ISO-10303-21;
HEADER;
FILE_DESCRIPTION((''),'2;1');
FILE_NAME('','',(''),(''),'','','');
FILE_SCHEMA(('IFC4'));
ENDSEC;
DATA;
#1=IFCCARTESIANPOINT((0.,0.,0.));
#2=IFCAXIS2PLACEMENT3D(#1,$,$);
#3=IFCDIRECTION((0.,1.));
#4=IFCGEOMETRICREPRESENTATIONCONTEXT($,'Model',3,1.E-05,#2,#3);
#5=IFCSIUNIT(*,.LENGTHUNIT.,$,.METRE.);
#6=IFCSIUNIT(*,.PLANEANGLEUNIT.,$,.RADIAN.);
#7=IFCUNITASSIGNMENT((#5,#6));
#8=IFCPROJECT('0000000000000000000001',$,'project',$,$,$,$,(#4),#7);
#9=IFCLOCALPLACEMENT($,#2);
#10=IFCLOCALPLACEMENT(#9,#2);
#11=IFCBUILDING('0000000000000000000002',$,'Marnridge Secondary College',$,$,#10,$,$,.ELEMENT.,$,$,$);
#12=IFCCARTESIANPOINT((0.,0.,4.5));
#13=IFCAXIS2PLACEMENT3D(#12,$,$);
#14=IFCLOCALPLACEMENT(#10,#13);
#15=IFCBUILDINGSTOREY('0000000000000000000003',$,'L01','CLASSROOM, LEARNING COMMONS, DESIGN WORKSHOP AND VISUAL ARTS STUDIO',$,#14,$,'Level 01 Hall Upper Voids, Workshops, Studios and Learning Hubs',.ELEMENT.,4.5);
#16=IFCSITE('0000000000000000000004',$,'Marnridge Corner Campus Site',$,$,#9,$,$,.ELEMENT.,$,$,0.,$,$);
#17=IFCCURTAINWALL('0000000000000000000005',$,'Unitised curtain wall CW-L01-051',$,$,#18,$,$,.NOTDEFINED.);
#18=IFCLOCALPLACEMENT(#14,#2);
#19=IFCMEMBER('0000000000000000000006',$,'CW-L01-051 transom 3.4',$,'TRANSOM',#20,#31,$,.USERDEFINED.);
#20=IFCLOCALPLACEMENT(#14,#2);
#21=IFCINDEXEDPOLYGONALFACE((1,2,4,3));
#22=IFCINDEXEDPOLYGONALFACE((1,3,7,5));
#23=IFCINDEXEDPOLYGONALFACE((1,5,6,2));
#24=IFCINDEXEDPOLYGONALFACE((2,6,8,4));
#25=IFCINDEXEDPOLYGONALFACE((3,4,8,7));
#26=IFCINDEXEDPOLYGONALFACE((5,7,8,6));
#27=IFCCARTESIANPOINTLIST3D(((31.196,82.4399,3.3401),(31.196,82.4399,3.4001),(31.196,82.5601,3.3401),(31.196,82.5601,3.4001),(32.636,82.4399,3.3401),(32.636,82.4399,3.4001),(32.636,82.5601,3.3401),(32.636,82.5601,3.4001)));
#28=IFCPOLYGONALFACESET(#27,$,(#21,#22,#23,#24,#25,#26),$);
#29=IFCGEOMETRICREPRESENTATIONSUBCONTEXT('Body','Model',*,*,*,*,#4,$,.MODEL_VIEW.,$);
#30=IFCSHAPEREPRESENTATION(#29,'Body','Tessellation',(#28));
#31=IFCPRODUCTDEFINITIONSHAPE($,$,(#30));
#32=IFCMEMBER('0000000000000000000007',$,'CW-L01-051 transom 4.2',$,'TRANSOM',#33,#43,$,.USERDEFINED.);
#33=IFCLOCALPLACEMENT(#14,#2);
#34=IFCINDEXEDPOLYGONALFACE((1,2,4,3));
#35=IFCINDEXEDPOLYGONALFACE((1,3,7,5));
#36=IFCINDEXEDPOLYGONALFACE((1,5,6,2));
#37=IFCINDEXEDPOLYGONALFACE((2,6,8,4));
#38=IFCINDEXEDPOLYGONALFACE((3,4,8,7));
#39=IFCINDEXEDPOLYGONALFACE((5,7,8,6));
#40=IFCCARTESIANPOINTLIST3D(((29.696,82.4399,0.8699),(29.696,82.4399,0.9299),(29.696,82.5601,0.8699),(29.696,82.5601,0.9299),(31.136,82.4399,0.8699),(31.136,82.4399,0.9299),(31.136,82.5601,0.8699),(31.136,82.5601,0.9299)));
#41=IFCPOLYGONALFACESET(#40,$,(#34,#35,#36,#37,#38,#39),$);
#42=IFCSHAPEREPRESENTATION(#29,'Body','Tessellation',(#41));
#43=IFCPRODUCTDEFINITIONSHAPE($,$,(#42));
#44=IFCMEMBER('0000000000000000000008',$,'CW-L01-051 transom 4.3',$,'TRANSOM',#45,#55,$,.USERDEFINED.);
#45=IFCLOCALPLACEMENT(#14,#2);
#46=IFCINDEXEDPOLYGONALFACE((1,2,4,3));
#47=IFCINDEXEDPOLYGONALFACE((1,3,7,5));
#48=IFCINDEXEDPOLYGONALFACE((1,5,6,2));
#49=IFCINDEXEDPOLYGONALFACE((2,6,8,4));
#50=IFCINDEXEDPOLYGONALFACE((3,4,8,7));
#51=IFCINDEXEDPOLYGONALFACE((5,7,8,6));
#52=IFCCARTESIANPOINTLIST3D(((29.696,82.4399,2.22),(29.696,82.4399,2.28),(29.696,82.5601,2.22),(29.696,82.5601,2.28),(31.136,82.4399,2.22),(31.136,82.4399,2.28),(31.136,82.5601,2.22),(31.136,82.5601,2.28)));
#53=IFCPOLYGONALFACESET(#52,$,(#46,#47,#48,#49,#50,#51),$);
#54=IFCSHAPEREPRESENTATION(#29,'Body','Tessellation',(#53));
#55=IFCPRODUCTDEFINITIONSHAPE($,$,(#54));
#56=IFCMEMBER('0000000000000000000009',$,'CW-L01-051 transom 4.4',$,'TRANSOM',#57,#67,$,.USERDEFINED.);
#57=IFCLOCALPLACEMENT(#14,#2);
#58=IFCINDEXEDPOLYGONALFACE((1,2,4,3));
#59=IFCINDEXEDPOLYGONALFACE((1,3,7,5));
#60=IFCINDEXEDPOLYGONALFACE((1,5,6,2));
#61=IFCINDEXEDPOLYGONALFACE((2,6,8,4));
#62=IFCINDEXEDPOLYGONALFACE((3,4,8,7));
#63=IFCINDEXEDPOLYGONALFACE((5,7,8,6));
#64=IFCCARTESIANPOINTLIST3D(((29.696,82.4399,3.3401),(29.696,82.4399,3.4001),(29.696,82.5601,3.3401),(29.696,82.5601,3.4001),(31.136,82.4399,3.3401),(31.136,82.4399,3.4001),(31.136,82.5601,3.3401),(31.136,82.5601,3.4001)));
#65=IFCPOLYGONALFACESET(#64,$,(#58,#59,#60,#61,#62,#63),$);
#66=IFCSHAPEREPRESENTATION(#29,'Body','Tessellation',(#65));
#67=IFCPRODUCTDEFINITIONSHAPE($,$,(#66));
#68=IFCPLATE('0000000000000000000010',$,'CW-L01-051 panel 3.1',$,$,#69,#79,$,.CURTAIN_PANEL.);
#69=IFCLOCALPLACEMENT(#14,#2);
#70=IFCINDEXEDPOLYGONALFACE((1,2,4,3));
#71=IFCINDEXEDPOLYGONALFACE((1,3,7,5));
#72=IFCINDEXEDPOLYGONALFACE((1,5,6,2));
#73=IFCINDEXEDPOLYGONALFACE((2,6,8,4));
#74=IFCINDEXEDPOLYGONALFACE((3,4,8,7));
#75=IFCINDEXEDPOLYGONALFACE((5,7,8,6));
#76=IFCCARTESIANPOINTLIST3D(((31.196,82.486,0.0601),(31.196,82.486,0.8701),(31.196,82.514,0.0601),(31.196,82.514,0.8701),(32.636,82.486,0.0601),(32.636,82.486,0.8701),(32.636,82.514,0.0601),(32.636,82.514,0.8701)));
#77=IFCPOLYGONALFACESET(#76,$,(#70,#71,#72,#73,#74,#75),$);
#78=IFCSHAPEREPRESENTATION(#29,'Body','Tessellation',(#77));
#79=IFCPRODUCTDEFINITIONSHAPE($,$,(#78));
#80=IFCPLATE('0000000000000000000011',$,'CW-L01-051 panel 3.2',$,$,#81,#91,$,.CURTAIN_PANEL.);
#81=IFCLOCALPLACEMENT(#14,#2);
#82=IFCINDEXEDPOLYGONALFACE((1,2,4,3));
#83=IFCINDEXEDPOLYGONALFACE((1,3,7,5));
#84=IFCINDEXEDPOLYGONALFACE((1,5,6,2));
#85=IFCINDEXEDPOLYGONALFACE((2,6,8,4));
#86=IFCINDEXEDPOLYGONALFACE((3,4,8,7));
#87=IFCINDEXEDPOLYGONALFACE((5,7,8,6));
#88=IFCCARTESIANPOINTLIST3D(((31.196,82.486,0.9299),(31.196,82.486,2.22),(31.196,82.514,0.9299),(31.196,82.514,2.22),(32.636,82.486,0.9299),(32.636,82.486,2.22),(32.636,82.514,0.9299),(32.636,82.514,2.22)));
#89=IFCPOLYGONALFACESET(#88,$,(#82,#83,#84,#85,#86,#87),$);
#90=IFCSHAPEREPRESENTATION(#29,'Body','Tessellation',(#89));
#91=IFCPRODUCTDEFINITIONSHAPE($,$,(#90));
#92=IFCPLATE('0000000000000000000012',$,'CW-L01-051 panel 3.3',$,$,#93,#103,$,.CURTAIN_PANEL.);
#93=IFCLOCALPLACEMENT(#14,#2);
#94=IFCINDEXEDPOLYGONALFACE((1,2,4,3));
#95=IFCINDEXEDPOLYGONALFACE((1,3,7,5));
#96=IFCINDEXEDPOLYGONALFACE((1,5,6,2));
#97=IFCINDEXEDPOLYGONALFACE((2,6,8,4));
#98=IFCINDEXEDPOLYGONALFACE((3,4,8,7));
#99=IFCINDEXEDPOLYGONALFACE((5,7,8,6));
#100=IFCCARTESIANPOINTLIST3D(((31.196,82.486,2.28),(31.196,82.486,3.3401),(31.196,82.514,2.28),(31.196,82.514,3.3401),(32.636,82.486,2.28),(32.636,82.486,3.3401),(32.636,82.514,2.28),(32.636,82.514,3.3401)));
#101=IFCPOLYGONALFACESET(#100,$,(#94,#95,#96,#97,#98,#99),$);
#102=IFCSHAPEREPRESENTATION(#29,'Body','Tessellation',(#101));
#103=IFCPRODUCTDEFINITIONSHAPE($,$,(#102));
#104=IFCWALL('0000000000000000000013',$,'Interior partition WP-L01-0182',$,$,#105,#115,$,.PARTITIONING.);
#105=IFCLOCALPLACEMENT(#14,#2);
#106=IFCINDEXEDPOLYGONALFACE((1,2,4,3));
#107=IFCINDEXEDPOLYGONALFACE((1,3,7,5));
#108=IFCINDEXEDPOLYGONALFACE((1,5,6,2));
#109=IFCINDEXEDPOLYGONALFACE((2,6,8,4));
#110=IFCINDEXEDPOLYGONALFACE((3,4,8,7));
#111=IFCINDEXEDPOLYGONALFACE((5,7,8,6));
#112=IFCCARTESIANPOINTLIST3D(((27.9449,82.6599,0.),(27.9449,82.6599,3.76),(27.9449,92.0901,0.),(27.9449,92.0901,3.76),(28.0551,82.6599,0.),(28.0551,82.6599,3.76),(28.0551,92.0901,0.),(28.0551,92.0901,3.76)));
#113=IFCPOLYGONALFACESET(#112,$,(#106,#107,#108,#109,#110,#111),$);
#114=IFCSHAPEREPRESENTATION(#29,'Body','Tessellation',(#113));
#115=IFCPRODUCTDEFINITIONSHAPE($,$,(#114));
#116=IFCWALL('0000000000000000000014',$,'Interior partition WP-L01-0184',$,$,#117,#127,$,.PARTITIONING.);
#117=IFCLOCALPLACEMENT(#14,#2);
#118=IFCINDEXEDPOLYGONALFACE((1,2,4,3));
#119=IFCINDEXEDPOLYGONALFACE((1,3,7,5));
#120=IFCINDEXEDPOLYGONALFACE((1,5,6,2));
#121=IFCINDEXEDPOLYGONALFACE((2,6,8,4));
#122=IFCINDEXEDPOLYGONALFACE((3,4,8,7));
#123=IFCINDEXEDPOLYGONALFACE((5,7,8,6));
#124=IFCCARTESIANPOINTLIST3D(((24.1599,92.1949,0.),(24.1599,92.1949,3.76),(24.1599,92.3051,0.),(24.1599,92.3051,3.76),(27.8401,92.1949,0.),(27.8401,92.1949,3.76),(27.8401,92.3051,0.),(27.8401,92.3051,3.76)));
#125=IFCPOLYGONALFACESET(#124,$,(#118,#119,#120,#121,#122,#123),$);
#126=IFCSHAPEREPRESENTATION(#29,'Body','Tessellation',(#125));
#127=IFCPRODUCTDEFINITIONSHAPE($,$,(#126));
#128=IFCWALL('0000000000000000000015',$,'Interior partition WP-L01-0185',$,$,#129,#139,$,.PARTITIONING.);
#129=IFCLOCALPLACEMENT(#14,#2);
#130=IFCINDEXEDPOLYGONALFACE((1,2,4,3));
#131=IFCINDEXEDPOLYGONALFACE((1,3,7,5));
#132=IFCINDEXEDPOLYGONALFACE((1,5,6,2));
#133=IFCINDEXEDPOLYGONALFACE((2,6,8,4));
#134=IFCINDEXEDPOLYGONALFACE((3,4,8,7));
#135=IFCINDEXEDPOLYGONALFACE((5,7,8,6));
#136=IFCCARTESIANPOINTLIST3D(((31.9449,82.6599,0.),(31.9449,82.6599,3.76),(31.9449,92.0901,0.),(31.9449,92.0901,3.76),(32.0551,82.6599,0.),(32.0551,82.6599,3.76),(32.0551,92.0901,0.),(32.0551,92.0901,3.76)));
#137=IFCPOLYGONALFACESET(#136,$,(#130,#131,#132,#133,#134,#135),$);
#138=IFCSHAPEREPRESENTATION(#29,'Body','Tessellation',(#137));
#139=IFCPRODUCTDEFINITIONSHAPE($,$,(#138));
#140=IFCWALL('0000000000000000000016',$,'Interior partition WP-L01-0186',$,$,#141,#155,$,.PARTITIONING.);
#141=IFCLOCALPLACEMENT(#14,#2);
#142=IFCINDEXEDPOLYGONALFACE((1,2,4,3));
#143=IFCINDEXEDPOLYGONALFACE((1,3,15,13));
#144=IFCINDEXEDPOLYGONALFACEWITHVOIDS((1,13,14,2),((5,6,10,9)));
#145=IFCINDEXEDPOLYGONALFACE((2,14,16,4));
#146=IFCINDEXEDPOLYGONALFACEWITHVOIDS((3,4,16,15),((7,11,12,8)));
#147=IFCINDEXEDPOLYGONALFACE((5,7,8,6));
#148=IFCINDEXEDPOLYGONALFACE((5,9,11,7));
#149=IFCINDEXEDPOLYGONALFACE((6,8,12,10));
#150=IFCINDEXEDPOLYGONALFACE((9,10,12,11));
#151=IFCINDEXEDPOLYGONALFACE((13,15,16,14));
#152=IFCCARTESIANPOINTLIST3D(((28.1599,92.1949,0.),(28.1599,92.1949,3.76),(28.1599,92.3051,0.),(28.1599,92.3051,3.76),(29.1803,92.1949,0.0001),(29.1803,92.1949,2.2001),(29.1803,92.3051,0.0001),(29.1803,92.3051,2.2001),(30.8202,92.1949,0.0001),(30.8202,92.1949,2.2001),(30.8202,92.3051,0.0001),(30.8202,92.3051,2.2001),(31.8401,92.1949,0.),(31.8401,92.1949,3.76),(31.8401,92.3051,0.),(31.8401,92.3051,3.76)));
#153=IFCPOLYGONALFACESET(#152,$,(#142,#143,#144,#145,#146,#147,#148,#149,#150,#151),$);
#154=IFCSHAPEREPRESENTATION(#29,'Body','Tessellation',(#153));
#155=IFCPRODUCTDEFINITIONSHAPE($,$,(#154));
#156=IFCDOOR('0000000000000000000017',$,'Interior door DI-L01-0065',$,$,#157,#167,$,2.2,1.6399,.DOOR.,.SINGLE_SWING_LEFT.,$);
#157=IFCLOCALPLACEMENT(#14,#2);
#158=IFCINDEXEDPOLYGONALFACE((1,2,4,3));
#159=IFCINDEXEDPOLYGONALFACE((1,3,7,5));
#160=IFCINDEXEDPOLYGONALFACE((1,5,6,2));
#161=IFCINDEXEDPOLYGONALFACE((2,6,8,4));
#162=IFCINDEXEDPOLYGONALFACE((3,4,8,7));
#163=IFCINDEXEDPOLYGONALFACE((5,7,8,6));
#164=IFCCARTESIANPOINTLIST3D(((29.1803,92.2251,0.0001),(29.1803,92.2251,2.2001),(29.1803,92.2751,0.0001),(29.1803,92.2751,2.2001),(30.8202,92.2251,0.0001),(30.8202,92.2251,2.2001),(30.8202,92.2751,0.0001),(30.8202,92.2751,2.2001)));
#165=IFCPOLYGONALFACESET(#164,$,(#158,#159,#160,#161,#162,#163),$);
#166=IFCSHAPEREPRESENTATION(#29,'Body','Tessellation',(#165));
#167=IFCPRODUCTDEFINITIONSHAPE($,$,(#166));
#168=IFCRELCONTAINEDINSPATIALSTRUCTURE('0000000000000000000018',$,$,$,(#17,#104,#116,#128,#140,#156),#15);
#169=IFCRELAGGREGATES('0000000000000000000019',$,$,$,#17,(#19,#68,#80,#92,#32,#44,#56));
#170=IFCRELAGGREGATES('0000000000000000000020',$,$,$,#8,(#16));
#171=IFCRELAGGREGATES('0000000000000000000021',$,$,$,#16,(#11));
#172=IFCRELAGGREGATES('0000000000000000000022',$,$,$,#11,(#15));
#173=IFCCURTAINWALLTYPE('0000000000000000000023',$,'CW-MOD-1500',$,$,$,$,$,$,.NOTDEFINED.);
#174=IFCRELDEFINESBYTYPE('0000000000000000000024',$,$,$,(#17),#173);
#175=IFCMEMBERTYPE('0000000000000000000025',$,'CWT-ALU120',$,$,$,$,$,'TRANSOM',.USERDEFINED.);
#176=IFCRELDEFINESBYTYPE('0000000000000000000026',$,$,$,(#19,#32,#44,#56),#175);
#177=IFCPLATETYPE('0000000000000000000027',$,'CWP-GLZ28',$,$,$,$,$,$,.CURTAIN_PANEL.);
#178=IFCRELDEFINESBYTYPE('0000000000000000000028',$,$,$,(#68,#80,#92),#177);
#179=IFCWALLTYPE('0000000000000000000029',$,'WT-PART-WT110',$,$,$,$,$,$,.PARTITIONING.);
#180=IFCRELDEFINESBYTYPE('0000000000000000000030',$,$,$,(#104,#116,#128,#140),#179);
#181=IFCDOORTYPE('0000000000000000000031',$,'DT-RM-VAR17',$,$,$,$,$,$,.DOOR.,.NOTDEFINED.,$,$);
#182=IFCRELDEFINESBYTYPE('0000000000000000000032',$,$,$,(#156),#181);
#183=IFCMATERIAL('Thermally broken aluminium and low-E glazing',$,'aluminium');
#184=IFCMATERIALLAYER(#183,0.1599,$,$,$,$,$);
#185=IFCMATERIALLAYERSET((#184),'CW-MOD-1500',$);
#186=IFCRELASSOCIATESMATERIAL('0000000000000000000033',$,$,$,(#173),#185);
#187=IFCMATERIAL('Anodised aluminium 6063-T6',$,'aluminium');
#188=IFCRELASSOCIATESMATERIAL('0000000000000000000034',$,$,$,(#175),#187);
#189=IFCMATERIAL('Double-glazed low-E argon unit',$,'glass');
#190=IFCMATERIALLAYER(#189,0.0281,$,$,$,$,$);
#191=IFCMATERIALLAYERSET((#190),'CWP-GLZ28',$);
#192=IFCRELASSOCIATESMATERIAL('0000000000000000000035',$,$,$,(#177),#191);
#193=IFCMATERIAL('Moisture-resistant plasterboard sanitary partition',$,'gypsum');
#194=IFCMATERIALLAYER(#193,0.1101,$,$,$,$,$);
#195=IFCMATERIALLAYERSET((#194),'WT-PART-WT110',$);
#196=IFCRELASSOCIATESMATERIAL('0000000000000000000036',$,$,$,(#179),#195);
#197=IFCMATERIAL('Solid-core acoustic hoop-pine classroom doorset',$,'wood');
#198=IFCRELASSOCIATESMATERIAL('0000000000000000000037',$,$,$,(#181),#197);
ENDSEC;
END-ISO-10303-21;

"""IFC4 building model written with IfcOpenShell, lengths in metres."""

from ifc_helpers import new_model, si_unit, direction, frame, frame_2d, origin, origin_2d, place, context, subcontext, project, spatial, rectangle, extrude, material, layer, layer_set, material_profile, profile_set, type_object, element, fill, aggregate, save


model = new_model("IFC4")

# Units and contexts
model_context = context("Model", 3, precision=1e-05, world=origin(), true_north=direction((0.0, 1.0)))
body_context = subcontext(model_context, "Body", "Model", "MODEL_VIEW")
ifc_project = project(units=[si_unit("LENGTHUNIT", "METRE"), si_unit("PLANEANGLEUNIT", "RADIAN")], contexts=[model_context])

# Site, building, storey
site_placement = place(None, origin())
site = spatial("IfcSite", under=ifc_project, at=site_placement, Name="Marnridge Corner Campus Site", CompositionType="ELEMENT", RefElevation=0.0)
building_placement = place(site_placement, origin())
building = spatial("IfcBuilding", under=site, at=building_placement, Name="Marnridge Secondary College", CompositionType="ELEMENT")
storey_placement = place(building_placement, frame((0.0, 0.0, 4.5)))
storey = spatial("IfcBuildingStorey", under=building, at=storey_placement, Name="L01", Description="CLASSROOM, LEARNING COMMONS, DESIGN WORKSHOP AND VISUAL ARTS STUDIO", LongName="Level 01 Hall Upper Voids, Workshops, Studios and Learning Hubs", CompositionType="ELEMENT", Elevation=4.5)

# Curtain wall, members, plates
ifc_material_1 = material(Name="Thermally broken aluminium and low-E glazing", Category="aluminium")
ifc_layer_1 = layer(ifc_material_1, 0.1599)
ifc_layer_set_1 = layer_set([ifc_layer_1], Name="CW-MOD-1500")
curtain_wall_type = type_object("IfcCurtainWallType", Name="CW-MOD-1500", PredefinedType="NOTDEFINED", material=ifc_layer_set_1)
curtain_wall_placement = place(storey_placement, origin())
curtain_wall = element("IfcCurtainWall", 1, at=curtain_wall_placement, inside=storey, type_object=curtain_wall_type, Name="Unitised curtain wall CW-L01-051", PredefinedType="NOTDEFINED")
ifc_material_2 = material(Name="Anodised aluminium 6063-T6", Category="aluminium")
ifc_material_profile_1 = material_profile(ifc_material_2, rectangle(XDim=0.0601, YDim=0.1201, at=origin_2d()), Name="ALU 60x120")
ifc_profile_set_1 = profile_set([ifc_material_profile_1], Name="Anodised aluminium 6063-T6")
member_type_1 = type_object("IfcMemberType", Name="CWT-ALU120", ElementType="TRANSOM", PredefinedType="USERDEFINED", material=ifc_profile_set_1)
member_1_placement = place(storey_placement, frame((32.636, 82.5, 3.3701), z_axis=(-1.0, 0.0, 0.0), x_axis=(0.0, 0.0, 1.0)))
member_1 = element("IfcMember", 2, at=member_1_placement, type_object=member_type_1, Name="CW-L01-051 transom 3.4", ObjectType="TRANSOM", PredefinedType="USERDEFINED", context=body_context, shape_type="SweptSolid", body=[
    extrude(rectangle(XDim=0.0601, YDim=0.1201, at=origin_2d()), origin(), (0.0, 0.0, 1.0), 1.4399),
])
member_2_placement = place(storey_placement, frame((31.136, 82.5, 0.8999), z_axis=(-1.0, 0.0, 0.0), x_axis=(0.0, 0.0, 1.0)))
member_2 = element("IfcMember", 3, at=member_2_placement, type_object=member_type_1, Name="CW-L01-051 transom 4.2", ObjectType="TRANSOM", PredefinedType="USERDEFINED", context=body_context, shape_type="SweptSolid", body=[
    extrude(rectangle(XDim=0.0601, YDim=0.1201, at=origin_2d()), origin(), (0.0, 0.0, 1.0), 1.4399),
])
member_3_placement = place(storey_placement, frame((31.136, 82.5, 2.25), z_axis=(-1.0, 0.0, 0.0), x_axis=(0.0, 0.0, 1.0)))
member_3 = element("IfcMember", 4, at=member_3_placement, type_object=member_type_1, Name="CW-L01-051 transom 4.3", ObjectType="TRANSOM", PredefinedType="USERDEFINED", context=body_context, shape_type="SweptSolid", body=[
    extrude(rectangle(XDim=0.0601, YDim=0.1201, at=origin_2d()), origin(), (0.0, 0.0, 1.0), 1.4399),
])
member_4_placement = place(storey_placement, frame((31.136, 82.5, 3.3701), z_axis=(-1.0, 0.0, 0.0), x_axis=(0.0, 0.0, 1.0)))
member_4 = element("IfcMember", 5, at=member_4_placement, type_object=member_type_1, Name="CW-L01-051 transom 4.4", ObjectType="TRANSOM", PredefinedType="USERDEFINED", context=body_context, shape_type="SweptSolid", body=[
    extrude(rectangle(XDim=0.0601, YDim=0.1201, at=origin_2d()), origin(), (0.0, 0.0, 1.0), 1.4399),
])
ifc_material_3 = material(Name="Double-glazed low-E argon unit", Category="glass")
ifc_layer_2 = layer(ifc_material_3, 0.0281)
ifc_layer_set_2 = layer_set([ifc_layer_2], Name="CWP-GLZ28")
plate_type = type_object("IfcPlateType", Name="CWP-GLZ28", PredefinedType="CURTAIN_PANEL", material=ifc_layer_set_2)
plate_1_placement = place(storey_placement, frame((31.916, 82.5, 0.0601), z_axis=(0.0, 0.0, 1.0), x_axis=(-1.0, 0.0, 0.0)))
plate_1 = element("IfcPlate", 6, at=plate_1_placement, type_object=plate_type, Name="CW-L01-051 panel 3.1", PredefinedType="CURTAIN_PANEL", context=body_context, shape_type="SweptSolid", body=[
    extrude(rectangle(XDim=1.4399, YDim=0.0281, at=origin_2d()), origin(), (0.0, 0.0, 1.0), 0.8101),
])
plate_2_placement = place(storey_placement, frame((31.916, 82.5, 0.9299), z_axis=(0.0, 0.0, 1.0), x_axis=(-1.0, 0.0, 0.0)))
plate_2 = element("IfcPlate", 7, at=plate_2_placement, type_object=plate_type, Name="CW-L01-051 panel 3.2", PredefinedType="CURTAIN_PANEL", context=body_context, shape_type="SweptSolid", body=[
    extrude(rectangle(XDim=1.4399, YDim=0.0281, at=origin_2d()), origin(), (0.0, 0.0, 1.0), 1.29),
])
plate_3_placement = place(storey_placement, frame((31.916, 82.5, 2.28), z_axis=(0.0, 0.0, 1.0), x_axis=(-1.0, 0.0, 0.0)))
plate_3 = element("IfcPlate", 8, at=plate_3_placement, type_object=plate_type, Name="CW-L01-051 panel 3.3", PredefinedType="CURTAIN_PANEL", context=body_context, shape_type="SweptSolid", body=[
    extrude(rectangle(XDim=1.4399, YDim=0.0281, at=origin_2d()), origin(), (0.0, 0.0, 1.0), 1.0601),
])
aggregate(curtain_wall, [member_1, plate_1, plate_2, plate_3, member_2, member_3, member_4])

# Walls
ifc_material_4 = material(Name="Moisture-resistant plasterboard sanitary partition", Category="gypsum")
ifc_layer_3 = layer(ifc_material_4, 0.1101)
ifc_layer_set_3 = layer_set([ifc_layer_3], Name="WT-PART-WT110")
wall_type = type_object("IfcWallType", Name="WT-PART-WT110", PredefinedType="PARTITIONING", material=ifc_layer_set_3)
wall_1_placement = place(storey_placement, frame((28.0, 82.6599, 0.0), z_axis=(0.0, 0.0, 1.0), x_axis=(0.0, 1.0, 0.0)))
element("IfcWall", 9, at=wall_1_placement, inside=storey, type_object=wall_type, Name="Interior partition WP-L01-0182", PredefinedType="PARTITIONING", context=body_context, shape_type="SweptSolid", body=[
    extrude(rectangle(XDim=9.4302, YDim=0.1101, at=frame_2d((4.7151, 0.0))), origin(), (0.0, 0.0, 1.0), 3.76),
])
wall_2_placement = place(storey_placement, frame((27.8401, 92.25, 0.0), z_axis=(0.0, 0.0, 1.0), x_axis=(-1.0, 0.0, 0.0)))
element("IfcWall", 10, at=wall_2_placement, inside=storey, type_object=wall_type, Name="Interior partition WP-L01-0184", PredefinedType="PARTITIONING", context=body_context, shape_type="SweptSolid", body=[
    extrude(rectangle(XDim=3.6802, YDim=0.1101, at=frame_2d((1.8401, 0.0))), origin(), (0.0, 0.0, 1.0), 3.76),
])
wall_3_placement = place(storey_placement, frame((32.0, 82.6599, 0.0), z_axis=(0.0, 0.0, 1.0), x_axis=(0.0, 1.0, 0.0)))
element("IfcWall", 11, at=wall_3_placement, inside=storey, type_object=wall_type, Name="Interior partition WP-L01-0185", PredefinedType="PARTITIONING", context=body_context, shape_type="SweptSolid", body=[
    extrude(rectangle(XDim=9.4302, YDim=0.1101, at=frame_2d((4.7151, 0.0))), origin(), (0.0, 0.0, 1.0), 3.76),
])

# Wall, opening, door
wall_4_placement = place(storey_placement, frame((31.8401, 92.25, 0.0), z_axis=(0.0, 0.0, 1.0), x_axis=(-1.0, 0.0, 0.0)))
wall_4 = element("IfcWall", 12, at=wall_4_placement, inside=storey, type_object=wall_type, Name="Interior partition WP-L01-0186", PredefinedType="PARTITIONING", context=body_context, shape_type="SweptSolid", body=[
    extrude(rectangle(XDim=3.6802, YDim=0.1101, at=frame_2d((1.8401, 0.0))), origin(), (0.0, 0.0, 1.0), 3.76),
])
opening_placement = place(wall_4_placement, frame((1.02, 0.0, 0.0)))
opening = element("IfcOpeningElement", 13, at=opening_placement, cuts=wall_4, PredefinedType="OPENING", context=body_context, shape_type="SweptSolid", body=[
    extrude(rectangle(XDim=1.6399, YDim=2.2, at=frame_2d((0.8198, 1.1001))), frame((0.0, 0.0649, 0.0), z_axis=(0.0, -1.0, 0.0), x_axis=(1.0, 0.0, 0.0)), (0.0, 0.0, 1.0), 0.1301),
])
ifc_material_5 = material(Name="Solid-core acoustic hoop-pine classroom doorset", Category="wood")
door_type = type_object("IfcDoorType", Name="DT-RM-VAR17", OperationType="NOTDEFINED", PredefinedType="DOOR", material=ifc_material_5)
door_placement = place(opening_placement, origin())
door = element("IfcDoor", 14, at=door_placement, inside=storey, type_object=door_type, Name="Interior door DI-L01-0065", OperationType="SINGLE_SWING_LEFT", OverallHeight=2.2, OverallWidth=1.6399, PredefinedType="DOOR", context=body_context, shape_type="SweptSolid", body=[
    extrude(rectangle(XDim=1.6399, YDim=2.2, at=frame_2d((0.8198, 1.1001))), frame((0.0, 0.0249, 0.0), z_axis=(0.0, -1.0, 0.0), x_axis=(1.0, 0.0, 0.0)), (0.0, 0.0, 1.0), 0.05),
])
fill(opening, door)

save(model, "model.ifc")
